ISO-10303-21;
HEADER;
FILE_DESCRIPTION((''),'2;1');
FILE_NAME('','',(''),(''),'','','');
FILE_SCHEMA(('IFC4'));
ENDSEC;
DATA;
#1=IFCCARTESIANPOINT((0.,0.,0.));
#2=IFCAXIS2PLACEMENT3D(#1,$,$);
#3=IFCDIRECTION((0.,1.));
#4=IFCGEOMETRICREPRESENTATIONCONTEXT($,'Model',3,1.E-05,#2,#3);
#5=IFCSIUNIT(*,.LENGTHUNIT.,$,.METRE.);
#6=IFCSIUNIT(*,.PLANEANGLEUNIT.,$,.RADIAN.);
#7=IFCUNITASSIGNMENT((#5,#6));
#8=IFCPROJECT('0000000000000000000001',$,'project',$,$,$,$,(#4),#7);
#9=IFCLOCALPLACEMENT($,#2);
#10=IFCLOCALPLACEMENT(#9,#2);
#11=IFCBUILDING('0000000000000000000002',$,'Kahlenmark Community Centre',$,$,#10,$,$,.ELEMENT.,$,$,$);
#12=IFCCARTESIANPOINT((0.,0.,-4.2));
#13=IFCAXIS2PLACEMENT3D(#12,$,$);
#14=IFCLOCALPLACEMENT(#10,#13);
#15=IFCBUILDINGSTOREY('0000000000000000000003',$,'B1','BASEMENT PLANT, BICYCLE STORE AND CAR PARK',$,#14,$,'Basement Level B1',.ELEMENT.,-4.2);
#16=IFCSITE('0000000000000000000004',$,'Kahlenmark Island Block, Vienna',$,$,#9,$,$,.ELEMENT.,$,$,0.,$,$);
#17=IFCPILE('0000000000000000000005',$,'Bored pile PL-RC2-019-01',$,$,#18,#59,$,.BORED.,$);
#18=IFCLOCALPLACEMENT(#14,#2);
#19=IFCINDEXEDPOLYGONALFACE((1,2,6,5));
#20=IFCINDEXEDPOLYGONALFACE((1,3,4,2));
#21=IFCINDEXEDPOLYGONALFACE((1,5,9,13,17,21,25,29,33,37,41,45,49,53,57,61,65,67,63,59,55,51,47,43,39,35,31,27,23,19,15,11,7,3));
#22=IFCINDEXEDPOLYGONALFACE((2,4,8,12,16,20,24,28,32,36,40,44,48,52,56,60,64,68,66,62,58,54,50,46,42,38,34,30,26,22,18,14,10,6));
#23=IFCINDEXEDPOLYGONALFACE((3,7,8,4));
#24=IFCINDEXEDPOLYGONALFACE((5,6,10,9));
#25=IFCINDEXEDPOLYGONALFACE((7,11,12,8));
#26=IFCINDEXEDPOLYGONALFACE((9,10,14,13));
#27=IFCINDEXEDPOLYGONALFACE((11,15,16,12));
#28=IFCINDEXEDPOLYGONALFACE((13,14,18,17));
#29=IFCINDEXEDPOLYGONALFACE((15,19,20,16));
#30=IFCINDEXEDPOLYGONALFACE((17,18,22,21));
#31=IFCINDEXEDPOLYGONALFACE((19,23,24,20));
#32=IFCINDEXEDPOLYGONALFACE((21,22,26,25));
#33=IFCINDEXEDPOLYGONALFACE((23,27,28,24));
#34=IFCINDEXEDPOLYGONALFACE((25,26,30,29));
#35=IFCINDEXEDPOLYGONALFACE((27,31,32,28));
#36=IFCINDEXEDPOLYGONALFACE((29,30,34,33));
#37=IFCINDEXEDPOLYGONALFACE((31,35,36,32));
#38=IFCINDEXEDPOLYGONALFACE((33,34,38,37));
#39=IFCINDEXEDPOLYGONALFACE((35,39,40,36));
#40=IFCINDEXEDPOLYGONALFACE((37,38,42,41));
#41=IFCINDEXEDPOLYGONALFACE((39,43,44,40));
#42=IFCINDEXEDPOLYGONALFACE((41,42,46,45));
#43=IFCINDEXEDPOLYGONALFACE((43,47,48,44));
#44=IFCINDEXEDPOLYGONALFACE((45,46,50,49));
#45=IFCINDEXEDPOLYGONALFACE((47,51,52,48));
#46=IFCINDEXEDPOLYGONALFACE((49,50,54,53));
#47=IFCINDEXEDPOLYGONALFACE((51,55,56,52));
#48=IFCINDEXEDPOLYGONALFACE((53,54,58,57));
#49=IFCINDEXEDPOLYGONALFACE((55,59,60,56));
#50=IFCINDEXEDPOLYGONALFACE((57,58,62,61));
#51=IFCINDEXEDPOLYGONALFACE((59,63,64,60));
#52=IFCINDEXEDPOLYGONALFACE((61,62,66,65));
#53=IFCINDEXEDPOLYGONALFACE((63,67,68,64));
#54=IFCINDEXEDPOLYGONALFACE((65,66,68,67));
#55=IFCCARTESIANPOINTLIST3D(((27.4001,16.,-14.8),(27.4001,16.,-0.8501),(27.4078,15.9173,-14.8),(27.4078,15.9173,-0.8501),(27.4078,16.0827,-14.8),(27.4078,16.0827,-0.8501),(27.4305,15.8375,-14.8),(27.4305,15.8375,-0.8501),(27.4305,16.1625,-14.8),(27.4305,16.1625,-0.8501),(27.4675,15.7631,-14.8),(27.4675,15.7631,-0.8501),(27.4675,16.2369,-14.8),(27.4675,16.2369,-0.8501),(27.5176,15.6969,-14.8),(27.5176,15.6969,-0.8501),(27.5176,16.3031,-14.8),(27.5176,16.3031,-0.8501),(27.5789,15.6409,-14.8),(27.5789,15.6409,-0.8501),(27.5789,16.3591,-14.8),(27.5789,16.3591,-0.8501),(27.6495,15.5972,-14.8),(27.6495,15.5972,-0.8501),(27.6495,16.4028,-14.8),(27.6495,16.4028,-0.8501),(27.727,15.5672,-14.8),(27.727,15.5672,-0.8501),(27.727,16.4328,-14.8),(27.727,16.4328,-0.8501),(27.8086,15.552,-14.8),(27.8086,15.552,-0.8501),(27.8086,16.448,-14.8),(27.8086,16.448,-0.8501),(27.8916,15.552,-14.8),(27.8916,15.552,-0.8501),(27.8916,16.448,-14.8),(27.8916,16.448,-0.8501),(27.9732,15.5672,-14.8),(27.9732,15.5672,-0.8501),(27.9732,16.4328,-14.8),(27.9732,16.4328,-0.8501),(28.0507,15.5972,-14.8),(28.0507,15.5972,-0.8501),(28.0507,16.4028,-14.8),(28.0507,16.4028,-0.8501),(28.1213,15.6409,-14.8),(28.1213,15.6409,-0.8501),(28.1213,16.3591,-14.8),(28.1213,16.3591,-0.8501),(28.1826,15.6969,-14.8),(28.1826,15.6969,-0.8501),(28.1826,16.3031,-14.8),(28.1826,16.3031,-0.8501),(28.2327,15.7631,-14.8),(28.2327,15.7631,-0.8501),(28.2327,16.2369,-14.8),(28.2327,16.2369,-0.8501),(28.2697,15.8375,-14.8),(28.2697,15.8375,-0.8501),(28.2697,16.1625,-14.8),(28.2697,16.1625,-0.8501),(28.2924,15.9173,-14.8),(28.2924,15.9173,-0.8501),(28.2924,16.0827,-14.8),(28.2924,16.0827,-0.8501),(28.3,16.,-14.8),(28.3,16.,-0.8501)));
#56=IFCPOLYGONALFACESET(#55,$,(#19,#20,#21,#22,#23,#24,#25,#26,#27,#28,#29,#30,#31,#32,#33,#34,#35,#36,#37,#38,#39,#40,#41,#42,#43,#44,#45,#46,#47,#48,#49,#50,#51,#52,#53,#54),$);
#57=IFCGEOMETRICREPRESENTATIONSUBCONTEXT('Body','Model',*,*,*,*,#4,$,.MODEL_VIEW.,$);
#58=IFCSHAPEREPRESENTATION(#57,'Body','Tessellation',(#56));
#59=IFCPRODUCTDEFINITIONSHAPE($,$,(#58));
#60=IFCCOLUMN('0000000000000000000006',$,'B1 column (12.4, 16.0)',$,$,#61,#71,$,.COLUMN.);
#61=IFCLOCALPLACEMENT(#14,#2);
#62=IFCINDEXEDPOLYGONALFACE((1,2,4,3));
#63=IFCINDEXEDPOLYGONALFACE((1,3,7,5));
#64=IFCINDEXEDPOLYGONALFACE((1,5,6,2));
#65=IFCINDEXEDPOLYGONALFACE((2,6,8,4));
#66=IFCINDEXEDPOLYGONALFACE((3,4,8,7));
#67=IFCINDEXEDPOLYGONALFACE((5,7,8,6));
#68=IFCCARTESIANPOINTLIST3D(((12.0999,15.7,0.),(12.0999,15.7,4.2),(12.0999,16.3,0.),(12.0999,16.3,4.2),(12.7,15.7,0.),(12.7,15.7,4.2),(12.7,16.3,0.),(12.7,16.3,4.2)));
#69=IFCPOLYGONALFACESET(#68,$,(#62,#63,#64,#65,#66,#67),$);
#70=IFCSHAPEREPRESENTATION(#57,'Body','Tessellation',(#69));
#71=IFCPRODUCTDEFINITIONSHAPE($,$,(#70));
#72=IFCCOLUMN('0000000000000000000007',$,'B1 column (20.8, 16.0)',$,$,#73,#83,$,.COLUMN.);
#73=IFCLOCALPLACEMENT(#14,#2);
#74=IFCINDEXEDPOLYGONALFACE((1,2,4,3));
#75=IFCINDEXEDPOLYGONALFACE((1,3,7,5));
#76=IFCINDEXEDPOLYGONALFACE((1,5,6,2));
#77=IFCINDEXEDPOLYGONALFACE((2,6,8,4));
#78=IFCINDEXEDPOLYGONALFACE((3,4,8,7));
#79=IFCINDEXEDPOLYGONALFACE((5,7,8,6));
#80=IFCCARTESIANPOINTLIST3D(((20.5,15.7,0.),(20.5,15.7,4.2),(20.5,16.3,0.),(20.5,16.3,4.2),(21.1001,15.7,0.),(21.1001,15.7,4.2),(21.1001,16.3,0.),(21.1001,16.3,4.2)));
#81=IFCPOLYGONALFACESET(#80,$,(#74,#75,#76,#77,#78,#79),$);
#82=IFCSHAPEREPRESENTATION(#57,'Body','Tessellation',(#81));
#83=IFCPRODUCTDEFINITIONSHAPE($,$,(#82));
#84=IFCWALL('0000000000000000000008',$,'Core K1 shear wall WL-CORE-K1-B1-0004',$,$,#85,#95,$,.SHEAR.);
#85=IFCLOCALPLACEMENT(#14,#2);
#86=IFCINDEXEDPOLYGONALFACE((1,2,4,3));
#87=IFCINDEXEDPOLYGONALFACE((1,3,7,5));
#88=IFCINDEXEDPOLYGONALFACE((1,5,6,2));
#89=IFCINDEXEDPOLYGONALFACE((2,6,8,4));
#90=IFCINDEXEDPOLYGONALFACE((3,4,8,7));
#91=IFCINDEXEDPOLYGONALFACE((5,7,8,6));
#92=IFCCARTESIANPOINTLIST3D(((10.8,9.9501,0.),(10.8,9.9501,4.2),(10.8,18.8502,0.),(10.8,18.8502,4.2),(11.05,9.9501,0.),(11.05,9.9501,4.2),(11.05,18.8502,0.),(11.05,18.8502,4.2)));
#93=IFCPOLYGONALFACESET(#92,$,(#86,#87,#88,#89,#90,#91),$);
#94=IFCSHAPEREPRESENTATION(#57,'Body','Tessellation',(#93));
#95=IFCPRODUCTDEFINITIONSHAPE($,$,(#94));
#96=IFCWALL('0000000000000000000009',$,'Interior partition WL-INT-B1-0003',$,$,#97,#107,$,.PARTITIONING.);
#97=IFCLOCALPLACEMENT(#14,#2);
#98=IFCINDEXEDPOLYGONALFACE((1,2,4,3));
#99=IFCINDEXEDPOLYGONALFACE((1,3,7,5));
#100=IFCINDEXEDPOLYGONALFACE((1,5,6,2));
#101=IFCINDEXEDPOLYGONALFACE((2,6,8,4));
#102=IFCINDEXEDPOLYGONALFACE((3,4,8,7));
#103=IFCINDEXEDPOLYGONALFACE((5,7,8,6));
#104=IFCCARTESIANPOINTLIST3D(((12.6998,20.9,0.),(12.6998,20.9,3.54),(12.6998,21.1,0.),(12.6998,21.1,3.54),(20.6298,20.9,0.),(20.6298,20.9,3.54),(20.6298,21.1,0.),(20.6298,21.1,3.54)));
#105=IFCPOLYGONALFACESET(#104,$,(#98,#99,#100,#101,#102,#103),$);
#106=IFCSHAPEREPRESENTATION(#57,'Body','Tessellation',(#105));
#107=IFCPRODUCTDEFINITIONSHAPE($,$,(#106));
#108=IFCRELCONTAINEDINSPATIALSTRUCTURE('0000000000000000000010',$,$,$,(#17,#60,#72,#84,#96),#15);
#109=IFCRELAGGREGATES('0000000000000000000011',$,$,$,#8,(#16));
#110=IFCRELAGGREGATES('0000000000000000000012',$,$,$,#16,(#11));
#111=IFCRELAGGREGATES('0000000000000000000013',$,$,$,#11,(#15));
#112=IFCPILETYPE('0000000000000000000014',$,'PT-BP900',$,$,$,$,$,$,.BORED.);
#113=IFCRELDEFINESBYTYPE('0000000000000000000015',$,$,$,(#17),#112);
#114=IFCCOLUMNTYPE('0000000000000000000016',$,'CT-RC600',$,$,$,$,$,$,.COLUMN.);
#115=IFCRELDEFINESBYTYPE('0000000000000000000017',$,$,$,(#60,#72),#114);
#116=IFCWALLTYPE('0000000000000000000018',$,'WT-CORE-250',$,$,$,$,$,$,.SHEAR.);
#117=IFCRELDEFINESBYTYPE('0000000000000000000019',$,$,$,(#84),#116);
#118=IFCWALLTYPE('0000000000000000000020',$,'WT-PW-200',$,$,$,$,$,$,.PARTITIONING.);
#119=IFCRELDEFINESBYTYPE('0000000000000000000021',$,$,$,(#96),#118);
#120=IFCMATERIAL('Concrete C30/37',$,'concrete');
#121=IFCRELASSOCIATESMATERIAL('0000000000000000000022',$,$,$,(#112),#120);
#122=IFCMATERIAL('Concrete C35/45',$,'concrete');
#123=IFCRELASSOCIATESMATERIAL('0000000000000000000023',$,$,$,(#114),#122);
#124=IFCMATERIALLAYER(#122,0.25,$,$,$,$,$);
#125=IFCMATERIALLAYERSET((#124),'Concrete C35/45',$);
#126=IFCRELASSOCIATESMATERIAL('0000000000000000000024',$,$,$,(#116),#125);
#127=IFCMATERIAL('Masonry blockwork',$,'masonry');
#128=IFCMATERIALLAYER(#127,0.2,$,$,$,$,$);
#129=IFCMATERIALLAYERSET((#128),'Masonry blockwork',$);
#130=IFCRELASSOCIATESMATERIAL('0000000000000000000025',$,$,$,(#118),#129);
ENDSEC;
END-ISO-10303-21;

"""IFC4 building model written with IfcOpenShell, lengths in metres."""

from ifc_helpers import new_model, si_unit, direction, frame, frame_2d, origin, origin_2d, place, context, subcontext, project, spatial, rectangle, circle, extrude, material, layer, layer_set, material_profile, profile_set, type_object, element, save


model = new_model("IFC4")

# Units and contexts
model_context = context("Model", 3, precision=1e-05, world=origin(), true_north=direction((0.0, 1.0)))
body_context = subcontext(model_context, "Body", "Model", "MODEL_VIEW")
ifc_project = project(units=[si_unit("LENGTHUNIT", "METRE"), si_unit("PLANEANGLEUNIT", "RADIAN")], contexts=[model_context])

# Site, building, storey
site_placement = place(None, origin())
site = spatial("IfcSite", under=ifc_project, at=site_placement, Name="Kahlenmark Island Block, Vienna", CompositionType="ELEMENT", RefElevation=0.0)
building_placement = place(site_placement, origin())
building = spatial("IfcBuilding", under=site, at=building_placement, Name="Kahlenmark Community Centre", CompositionType="ELEMENT")
storey_placement = place(building_placement, frame((0.0, 0.0, -4.2)))
storey = spatial("IfcBuildingStorey", under=building, at=storey_placement, Name="B1", Description="BASEMENT PLANT, BICYCLE STORE AND CAR PARK", LongName="Basement Level B1", CompositionType="ELEMENT", Elevation=-4.2)

# Shared definitions
ifc_material_1 = material(Name="Concrete C30/37", Category="concrete")

# Pile
ifc_material_profile_1 = material_profile(ifc_material_1, circle(Radius=0.45, at=origin_2d()), Name="BORED PILE 900")
ifc_profile_set_1 = profile_set([ifc_material_profile_1], Name="Concrete C30/37")
pile_type_1 = type_object("IfcPileType", Name="PT-BP900", PredefinedType="BORED", material=ifc_profile_set_1)
pile_1_placement = place(storey_placement, frame((27.8501, 16.0, -0.8501), z_axis=(0.0, 0.0, -1.0), x_axis=(1.0, 0.0, 0.0)))
element("IfcPile", 1, at=pile_1_placement, inside=storey, type_object=pile_type_1, Name="Bored pile PL-RC2-019-01", PredefinedType="BORED", context=body_context, shape_type="SweptSolid", body=[
    extrude(circle(Radius=0.45, at=origin_2d()), origin(), (0.0, 0.0, 1.0), 13.95),
])

# Columns
ifc_material_2 = material(Name="Concrete C35/45", Category="concrete")
ifc_material_profile_2 = material_profile(ifc_material_2, rectangle(XDim=0.6001, YDim=0.6001, at=origin_2d()), Name="RC 600x600")
ifc_profile_set_2 = profile_set([ifc_material_profile_2], Name="Concrete C35/45")
column_type = type_object("IfcColumnType", Name="CT-RC600", PredefinedType="COLUMN", material=ifc_profile_set_2)
for number, where, z_axis, x_axis, name in (
    (2, (12.3999, 16.0, 0.0), (0.0, 0.0, 1.0), (1.0, 0.0, 0.0), "B1 column (12.4, 16.0)"),
    (3, (20.8, 16.0, 0.0), (0.0, 0.0, 1.0), (1.0, 0.0, 0.0), "B1 column (20.8, 16.0)"),
):
    element("IfcColumn", number, at=place(storey_placement, frame(where, z_axis=z_axis, x_axis=x_axis)), inside=storey, type_object=column_type, Name=name, PredefinedType="COLUMN", context=body_context, shape_type="SweptSolid", body=[
        extrude(rectangle(XDim=0.6001, YDim=0.6001, at=origin_2d()), origin(), (0.0, 0.0, 1.0), 4.2),
    ])

# Wall
ifc_layer_1 = layer(ifc_material_2, 0.25)
ifc_layer_set_1 = layer_set([ifc_layer_1], Name="Concrete C35/45")
wall_type_1 = type_object("IfcWallType", Name="WT-CORE-250", PredefinedType="SHEAR", material=ifc_layer_set_1)
wall_1_placement = place(storey_placement, frame((10.925, 9.95, 0.0), z_axis=(0.0, 0.0, 1.0), x_axis=(0.0, 1.0, 0.0)))
element("IfcWall", 4, at=wall_1_placement, inside=storey, type_object=wall_type_1, Name="Core K1 shear wall WL-CORE-K1-B1-0004", PredefinedType="SHEAR", context=body_context, shape_type="SweptSolid", body=[
    extrude(rectangle(XDim=8.9001, YDim=0.25, at=frame_2d((4.4502, 0.0))), origin(), (0.0, 0.0, 1.0), 4.2),
])

# Shared definitions
ifc_material_3 = material(Name="Masonry blockwork", Category="masonry")
ifc_layer_2 = layer(ifc_material_3, 0.2)
ifc_layer_set_2 = layer_set([ifc_layer_2], Name="Masonry blockwork")
wall_type_2 = type_object("IfcWallType", Name="WT-PW-200", PredefinedType="PARTITIONING", material=ifc_layer_set_2)

# Wall
wall_2_placement = place(storey_placement, frame((12.7, 21.0, 0.0), z_axis=(0.0, 0.0, 1.0), x_axis=(1.0, 0.0, 0.0)))
element("IfcWall", 5, at=wall_2_placement, inside=storey, type_object=wall_type_2, Name="Interior partition WL-INT-B1-0003", PredefinedType="PARTITIONING", context=body_context, shape_type="SweptSolid", body=[
    extrude(rectangle(XDim=7.9299, YDim=0.2, at=frame_2d((3.9648, 0.0))), origin(), (0.0, 0.0, 1.0), 3.54),
])

save(model, "model.ifc")
